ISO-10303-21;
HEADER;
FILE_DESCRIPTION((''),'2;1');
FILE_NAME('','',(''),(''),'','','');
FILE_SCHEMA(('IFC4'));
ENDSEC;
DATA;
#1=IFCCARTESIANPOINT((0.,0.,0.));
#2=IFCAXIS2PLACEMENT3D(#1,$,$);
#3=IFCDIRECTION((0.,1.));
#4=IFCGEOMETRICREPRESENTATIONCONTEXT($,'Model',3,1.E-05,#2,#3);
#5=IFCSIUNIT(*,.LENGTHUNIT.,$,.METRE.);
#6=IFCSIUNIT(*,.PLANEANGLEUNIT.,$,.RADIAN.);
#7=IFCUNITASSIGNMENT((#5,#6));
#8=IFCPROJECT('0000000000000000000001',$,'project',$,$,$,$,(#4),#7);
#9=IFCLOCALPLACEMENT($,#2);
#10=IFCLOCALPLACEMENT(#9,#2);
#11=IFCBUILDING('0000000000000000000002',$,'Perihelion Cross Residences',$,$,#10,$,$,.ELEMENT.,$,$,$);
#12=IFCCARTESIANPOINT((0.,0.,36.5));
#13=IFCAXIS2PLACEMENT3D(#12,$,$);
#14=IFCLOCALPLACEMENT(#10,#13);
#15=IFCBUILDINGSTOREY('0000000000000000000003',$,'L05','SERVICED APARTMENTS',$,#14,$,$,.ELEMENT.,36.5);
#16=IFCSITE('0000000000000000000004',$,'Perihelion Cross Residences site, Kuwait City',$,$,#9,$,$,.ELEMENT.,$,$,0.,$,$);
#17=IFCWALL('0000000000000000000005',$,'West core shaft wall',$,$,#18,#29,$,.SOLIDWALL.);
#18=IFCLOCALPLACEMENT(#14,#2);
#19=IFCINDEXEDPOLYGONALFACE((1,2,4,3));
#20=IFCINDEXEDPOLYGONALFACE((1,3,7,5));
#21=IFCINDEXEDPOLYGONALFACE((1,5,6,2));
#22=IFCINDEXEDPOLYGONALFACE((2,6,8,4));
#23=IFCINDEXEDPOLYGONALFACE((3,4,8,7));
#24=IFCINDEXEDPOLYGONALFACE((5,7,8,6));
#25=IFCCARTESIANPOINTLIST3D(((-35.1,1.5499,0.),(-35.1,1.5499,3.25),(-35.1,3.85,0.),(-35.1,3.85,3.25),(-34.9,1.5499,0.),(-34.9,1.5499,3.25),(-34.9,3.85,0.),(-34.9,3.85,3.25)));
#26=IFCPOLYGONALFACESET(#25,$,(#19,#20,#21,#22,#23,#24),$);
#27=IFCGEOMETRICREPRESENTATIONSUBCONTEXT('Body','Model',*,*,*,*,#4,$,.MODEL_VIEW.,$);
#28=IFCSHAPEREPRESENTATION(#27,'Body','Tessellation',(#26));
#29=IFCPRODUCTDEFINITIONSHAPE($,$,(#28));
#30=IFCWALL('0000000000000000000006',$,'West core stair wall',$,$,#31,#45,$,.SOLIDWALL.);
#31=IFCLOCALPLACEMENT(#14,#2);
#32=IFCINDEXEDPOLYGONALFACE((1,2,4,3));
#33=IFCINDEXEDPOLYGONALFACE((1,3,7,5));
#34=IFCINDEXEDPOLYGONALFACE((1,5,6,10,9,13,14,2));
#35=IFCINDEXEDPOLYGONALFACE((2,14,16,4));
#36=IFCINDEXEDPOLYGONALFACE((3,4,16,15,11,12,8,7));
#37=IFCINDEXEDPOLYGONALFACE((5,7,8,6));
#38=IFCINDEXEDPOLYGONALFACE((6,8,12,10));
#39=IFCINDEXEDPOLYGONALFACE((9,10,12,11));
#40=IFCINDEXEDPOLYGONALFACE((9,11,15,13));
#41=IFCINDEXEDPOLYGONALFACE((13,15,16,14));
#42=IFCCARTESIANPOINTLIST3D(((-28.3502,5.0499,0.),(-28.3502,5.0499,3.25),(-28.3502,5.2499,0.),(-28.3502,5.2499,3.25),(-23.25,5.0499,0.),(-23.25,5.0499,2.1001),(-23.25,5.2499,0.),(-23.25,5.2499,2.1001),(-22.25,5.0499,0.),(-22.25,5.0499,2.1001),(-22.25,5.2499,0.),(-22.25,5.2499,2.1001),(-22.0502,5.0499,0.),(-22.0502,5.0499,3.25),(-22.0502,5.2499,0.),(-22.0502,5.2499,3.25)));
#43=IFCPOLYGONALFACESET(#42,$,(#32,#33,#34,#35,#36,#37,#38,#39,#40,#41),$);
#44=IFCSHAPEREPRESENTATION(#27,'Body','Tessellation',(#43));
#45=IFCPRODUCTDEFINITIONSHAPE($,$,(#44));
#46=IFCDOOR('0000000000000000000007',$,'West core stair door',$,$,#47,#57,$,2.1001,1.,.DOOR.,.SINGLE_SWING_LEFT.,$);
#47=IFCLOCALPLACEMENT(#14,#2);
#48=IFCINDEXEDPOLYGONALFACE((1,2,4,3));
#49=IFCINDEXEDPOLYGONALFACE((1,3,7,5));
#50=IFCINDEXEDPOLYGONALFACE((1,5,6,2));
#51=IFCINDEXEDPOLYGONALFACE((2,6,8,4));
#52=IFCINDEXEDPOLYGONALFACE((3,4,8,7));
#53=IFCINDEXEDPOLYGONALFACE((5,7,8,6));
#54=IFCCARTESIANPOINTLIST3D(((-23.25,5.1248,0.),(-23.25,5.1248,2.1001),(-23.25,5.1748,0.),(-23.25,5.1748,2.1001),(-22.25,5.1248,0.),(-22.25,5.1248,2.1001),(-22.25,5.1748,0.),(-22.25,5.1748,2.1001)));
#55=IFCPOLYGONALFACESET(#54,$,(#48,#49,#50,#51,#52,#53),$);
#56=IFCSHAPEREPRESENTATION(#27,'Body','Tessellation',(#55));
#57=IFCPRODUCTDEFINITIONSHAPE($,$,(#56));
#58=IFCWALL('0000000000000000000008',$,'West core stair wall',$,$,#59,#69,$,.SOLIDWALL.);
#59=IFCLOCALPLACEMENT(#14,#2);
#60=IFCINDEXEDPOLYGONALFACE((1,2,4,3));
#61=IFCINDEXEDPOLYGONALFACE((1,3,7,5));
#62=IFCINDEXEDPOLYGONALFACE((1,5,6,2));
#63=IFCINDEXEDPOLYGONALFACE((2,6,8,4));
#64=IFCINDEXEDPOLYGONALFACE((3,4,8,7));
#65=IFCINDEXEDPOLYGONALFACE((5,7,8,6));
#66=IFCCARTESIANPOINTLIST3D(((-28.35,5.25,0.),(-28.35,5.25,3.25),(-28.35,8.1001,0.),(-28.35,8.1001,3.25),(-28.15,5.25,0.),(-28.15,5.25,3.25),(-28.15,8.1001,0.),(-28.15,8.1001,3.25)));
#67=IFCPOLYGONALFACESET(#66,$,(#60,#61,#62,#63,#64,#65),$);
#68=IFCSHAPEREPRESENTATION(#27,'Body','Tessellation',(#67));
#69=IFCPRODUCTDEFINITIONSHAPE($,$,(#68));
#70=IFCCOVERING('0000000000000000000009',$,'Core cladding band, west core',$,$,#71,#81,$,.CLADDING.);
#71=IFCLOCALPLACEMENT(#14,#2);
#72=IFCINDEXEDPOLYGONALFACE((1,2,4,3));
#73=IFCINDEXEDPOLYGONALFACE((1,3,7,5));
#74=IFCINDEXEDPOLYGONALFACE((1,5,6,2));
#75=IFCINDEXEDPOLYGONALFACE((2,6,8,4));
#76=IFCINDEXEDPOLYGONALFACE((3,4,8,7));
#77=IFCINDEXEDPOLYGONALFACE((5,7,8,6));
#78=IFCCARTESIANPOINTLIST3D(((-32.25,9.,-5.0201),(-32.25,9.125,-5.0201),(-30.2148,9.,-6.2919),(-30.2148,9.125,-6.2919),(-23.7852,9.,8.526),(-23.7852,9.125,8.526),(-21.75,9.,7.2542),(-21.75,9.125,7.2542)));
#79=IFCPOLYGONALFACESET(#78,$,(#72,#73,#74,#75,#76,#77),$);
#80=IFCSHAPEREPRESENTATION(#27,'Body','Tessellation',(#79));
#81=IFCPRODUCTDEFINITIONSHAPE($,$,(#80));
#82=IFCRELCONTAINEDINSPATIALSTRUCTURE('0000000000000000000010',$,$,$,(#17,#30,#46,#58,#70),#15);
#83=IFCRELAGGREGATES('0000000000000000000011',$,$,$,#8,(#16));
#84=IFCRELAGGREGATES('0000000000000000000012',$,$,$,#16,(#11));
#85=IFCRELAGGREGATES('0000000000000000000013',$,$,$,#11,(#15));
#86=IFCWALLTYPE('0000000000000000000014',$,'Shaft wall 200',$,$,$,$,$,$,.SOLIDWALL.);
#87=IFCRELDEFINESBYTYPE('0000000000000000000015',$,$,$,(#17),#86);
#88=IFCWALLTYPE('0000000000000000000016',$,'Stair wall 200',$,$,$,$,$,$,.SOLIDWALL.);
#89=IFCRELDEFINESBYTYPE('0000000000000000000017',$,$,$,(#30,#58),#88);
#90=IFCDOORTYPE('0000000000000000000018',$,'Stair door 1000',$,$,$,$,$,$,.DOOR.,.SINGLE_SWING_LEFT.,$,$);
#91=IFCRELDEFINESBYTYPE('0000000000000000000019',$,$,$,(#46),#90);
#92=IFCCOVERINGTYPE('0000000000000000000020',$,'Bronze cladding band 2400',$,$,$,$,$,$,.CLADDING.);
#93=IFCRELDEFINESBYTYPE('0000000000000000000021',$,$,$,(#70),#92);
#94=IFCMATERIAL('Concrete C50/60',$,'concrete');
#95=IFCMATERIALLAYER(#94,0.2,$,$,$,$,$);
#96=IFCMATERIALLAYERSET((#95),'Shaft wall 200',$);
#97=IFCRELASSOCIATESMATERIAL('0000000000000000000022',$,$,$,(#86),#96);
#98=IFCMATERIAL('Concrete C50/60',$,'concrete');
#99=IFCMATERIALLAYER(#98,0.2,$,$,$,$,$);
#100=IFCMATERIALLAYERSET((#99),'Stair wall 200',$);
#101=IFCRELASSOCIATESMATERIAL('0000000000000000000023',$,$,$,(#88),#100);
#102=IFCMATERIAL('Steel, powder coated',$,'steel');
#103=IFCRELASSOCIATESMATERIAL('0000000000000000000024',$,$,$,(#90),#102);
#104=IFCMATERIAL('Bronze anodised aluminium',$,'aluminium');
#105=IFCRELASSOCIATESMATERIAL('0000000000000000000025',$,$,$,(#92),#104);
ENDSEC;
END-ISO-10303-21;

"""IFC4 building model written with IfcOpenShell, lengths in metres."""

from ifc_helpers import new_model, si_unit, direction, frame, frame_2d, origin, origin_2d, place, context, subcontext, project, spatial, rectangle, extrude, material, layer, layer_set, material_profile, profile_set, type_object, element, fill, save


model = new_model("IFC4")

# Units and contexts
model_context = context("Model", 3, precision=1e-05, world=origin(), true_north=direction((0.0, 1.0)))
body_context = subcontext(model_context, "Body", "Model", "MODEL_VIEW")
ifc_project = project(units=[si_unit("LENGTHUNIT", "METRE"), si_unit("PLANEANGLEUNIT", "RADIAN")], contexts=[model_context])

# Site, building, storey
site_placement = place(None, origin())
site = spatial("IfcSite", under=ifc_project, at=site_placement, Name="Perihelion Cross Residences site, Kuwait City", CompositionType="ELEMENT", RefElevation=0.0)
building_placement = place(site_placement, origin())
building = spatial("IfcBuilding", under=site, at=building_placement, Name="Perihelion Cross Residences", CompositionType="ELEMENT")
storey_placement = place(building_placement, frame((0.0, 0.0, 36.5)))
storey = spatial("IfcBuildingStorey", under=building, at=storey_placement, Name="L05", Description="SERVICED APARTMENTS", CompositionType="ELEMENT", Elevation=36.5)

# Shared definitions
ifc_material_1 = material(Name="Concrete C50/60", Category="concrete")
ifc_layer_1 = layer(ifc_material_1, 0.2)
ifc_layer_set_1 = layer_set([ifc_layer_1], Name="Shaft wall 200")
wall_type_1 = type_object("IfcWallType", Name="Shaft wall 200", PredefinedType="SOLIDWALL", material=ifc_layer_set_1)

# Wall
for number, where, z_axis, x_axis, name in (
    (1, (-35.0, 1.55, 0.0), (0.0, 0.0, 1.0), (0.0, 1.0, 0.0), "West core shaft wall"),
):
    element("IfcWall", number, at=place(storey_placement, frame(where, z_axis=z_axis, x_axis=x_axis)), inside=storey, type_object=wall_type_1, Name=name, PredefinedType="SOLIDWALL", context=body_context, shape_type="SweptSolid", body=[
        extrude(rectangle(XDim=2.3, YDim=0.2, at=frame_2d((1.1499, 0.0))), origin(), (0.0, 0.0, 1.0), 3.25),
    ])

# Wall, opening, door
ifc_material_2 = material(Name="Concrete C50/60", Category="concrete")
ifc_layer_2 = layer(ifc_material_2, 0.2)
ifc_layer_set_2 = layer_set([ifc_layer_2], Name="Stair wall 200")
wall_type_2 = type_object("IfcWallType", Name="Stair wall 200", PredefinedType="SOLIDWALL", material=ifc_layer_set_2)
wall_1_placement = place(storey_placement, frame((-28.3501, 5.1499, 0.0), z_axis=(0.0, 0.0, 1.0), x_axis=(1.0, 0.0, 0.0)))
wall_1 = element("IfcWall", 2, at=wall_1_placement, inside=storey, type_object=wall_type_2, Name="West core stair wall", PredefinedType="SOLIDWALL", context=body_context, shape_type="SweptSolid", body=[
    extrude(rectangle(XDim=6.3, YDim=0.2, at=frame_2d((3.1499, 0.0))), origin(), (0.0, 0.0, 1.0), 3.25),
])
opening_1_placement = place(wall_1_placement, frame((5.1001, 0.0, 0.0)))
opening_1 = element("IfcOpeningElement", 3, at=opening_1_placement, cuts=wall_1, PredefinedType="OPENING", context=body_context, shape_type="SweptSolid", body=[
    extrude(rectangle(XDim=1.0, YDim=2.1001, at=frame_2d((0.5, 1.05))), frame((0.0, 0.1099, 0.0), z_axis=(0.0, -1.0, 0.0), x_axis=(1.0, 0.0, 0.0)), (0.0, 0.0, 1.0), 0.22),
])
ifc_material_3 = material(Name="Steel, powder coated", Category="steel")
door_type_1 = type_object("IfcDoorType", Name="Stair door 1000", OperationType="SINGLE_SWING_LEFT", PredefinedType="DOOR", material=ifc_material_3)
door_1_placement = place(opening_1_placement, origin())
door_1 = element("IfcDoor", 4, at=door_1_placement, inside=storey, type_object=door_type_1, Name="West core stair door", OperationType="SINGLE_SWING_LEFT", OverallHeight=2.1001, OverallWidth=1.0, PredefinedType="DOOR", context=body_context, shape_type="SweptSolid", body=[
    extrude(rectangle(XDim=1.0, YDim=2.1001, at=frame_2d((0.5, 1.05))), frame((0.0, 0.0249, 0.0), z_axis=(0.0, -1.0, 0.0), x_axis=(1.0, 0.0, 0.0)), (0.0, 0.0, 1.0), 0.05),
])
fill(opening_1, door_1)

# Wall
wall_2_placement = place(storey_placement, frame((-28.25, 5.25, 0.0), z_axis=(0.0, 0.0, 1.0), x_axis=(0.0, 1.0, 0.0)))
element("IfcWall", 5, at=wall_2_placement, inside=storey, type_object=wall_type_2, Name="West core stair wall", PredefinedType="SOLIDWALL", context=body_context, shape_type="SweptSolid", body=[
    extrude(rectangle(XDim=2.8501, YDim=0.2, at=frame_2d((1.425, 0.0))), origin(), (0.0, 0.0, 1.0), 3.25),
])

# Covering
ifc_material_4 = material(Name="Bronze anodised aluminium", Category="aluminium")
ifc_material_profile = material_profile(ifc_material_4, rectangle(XDim=0.125, YDim=2.3999, at=origin_2d()), Name="Bronze cladding band 2400")
ifc_profile_set = profile_set([ifc_material_profile], Name="Bronze anodised aluminium")
covering_type = type_object("IfcCoveringType", Name="Bronze cladding band 2400", PredefinedType="CLADDING", material=ifc_profile_set)
covering_placement = place(storey_placement, frame((-31.2324, 9.0625, -5.656), z_axis=(0.529932, 0.0, 0.84804), x_axis=(0.0, 1.0, 0.0)))
element("IfcCovering", 6, at=covering_placement, inside=storey, type_object=covering_type, Name="Core cladding band, west core", PredefinedType="CLADDING", context=body_context, shape_type="SweptSolid", body=[
    extrude(rectangle(XDim=0.125, YDim=2.3999, at=origin_2d()), origin(), (0.0, 0.0, 1.0), 15.9734),
])

save(model, "model.ifc")
